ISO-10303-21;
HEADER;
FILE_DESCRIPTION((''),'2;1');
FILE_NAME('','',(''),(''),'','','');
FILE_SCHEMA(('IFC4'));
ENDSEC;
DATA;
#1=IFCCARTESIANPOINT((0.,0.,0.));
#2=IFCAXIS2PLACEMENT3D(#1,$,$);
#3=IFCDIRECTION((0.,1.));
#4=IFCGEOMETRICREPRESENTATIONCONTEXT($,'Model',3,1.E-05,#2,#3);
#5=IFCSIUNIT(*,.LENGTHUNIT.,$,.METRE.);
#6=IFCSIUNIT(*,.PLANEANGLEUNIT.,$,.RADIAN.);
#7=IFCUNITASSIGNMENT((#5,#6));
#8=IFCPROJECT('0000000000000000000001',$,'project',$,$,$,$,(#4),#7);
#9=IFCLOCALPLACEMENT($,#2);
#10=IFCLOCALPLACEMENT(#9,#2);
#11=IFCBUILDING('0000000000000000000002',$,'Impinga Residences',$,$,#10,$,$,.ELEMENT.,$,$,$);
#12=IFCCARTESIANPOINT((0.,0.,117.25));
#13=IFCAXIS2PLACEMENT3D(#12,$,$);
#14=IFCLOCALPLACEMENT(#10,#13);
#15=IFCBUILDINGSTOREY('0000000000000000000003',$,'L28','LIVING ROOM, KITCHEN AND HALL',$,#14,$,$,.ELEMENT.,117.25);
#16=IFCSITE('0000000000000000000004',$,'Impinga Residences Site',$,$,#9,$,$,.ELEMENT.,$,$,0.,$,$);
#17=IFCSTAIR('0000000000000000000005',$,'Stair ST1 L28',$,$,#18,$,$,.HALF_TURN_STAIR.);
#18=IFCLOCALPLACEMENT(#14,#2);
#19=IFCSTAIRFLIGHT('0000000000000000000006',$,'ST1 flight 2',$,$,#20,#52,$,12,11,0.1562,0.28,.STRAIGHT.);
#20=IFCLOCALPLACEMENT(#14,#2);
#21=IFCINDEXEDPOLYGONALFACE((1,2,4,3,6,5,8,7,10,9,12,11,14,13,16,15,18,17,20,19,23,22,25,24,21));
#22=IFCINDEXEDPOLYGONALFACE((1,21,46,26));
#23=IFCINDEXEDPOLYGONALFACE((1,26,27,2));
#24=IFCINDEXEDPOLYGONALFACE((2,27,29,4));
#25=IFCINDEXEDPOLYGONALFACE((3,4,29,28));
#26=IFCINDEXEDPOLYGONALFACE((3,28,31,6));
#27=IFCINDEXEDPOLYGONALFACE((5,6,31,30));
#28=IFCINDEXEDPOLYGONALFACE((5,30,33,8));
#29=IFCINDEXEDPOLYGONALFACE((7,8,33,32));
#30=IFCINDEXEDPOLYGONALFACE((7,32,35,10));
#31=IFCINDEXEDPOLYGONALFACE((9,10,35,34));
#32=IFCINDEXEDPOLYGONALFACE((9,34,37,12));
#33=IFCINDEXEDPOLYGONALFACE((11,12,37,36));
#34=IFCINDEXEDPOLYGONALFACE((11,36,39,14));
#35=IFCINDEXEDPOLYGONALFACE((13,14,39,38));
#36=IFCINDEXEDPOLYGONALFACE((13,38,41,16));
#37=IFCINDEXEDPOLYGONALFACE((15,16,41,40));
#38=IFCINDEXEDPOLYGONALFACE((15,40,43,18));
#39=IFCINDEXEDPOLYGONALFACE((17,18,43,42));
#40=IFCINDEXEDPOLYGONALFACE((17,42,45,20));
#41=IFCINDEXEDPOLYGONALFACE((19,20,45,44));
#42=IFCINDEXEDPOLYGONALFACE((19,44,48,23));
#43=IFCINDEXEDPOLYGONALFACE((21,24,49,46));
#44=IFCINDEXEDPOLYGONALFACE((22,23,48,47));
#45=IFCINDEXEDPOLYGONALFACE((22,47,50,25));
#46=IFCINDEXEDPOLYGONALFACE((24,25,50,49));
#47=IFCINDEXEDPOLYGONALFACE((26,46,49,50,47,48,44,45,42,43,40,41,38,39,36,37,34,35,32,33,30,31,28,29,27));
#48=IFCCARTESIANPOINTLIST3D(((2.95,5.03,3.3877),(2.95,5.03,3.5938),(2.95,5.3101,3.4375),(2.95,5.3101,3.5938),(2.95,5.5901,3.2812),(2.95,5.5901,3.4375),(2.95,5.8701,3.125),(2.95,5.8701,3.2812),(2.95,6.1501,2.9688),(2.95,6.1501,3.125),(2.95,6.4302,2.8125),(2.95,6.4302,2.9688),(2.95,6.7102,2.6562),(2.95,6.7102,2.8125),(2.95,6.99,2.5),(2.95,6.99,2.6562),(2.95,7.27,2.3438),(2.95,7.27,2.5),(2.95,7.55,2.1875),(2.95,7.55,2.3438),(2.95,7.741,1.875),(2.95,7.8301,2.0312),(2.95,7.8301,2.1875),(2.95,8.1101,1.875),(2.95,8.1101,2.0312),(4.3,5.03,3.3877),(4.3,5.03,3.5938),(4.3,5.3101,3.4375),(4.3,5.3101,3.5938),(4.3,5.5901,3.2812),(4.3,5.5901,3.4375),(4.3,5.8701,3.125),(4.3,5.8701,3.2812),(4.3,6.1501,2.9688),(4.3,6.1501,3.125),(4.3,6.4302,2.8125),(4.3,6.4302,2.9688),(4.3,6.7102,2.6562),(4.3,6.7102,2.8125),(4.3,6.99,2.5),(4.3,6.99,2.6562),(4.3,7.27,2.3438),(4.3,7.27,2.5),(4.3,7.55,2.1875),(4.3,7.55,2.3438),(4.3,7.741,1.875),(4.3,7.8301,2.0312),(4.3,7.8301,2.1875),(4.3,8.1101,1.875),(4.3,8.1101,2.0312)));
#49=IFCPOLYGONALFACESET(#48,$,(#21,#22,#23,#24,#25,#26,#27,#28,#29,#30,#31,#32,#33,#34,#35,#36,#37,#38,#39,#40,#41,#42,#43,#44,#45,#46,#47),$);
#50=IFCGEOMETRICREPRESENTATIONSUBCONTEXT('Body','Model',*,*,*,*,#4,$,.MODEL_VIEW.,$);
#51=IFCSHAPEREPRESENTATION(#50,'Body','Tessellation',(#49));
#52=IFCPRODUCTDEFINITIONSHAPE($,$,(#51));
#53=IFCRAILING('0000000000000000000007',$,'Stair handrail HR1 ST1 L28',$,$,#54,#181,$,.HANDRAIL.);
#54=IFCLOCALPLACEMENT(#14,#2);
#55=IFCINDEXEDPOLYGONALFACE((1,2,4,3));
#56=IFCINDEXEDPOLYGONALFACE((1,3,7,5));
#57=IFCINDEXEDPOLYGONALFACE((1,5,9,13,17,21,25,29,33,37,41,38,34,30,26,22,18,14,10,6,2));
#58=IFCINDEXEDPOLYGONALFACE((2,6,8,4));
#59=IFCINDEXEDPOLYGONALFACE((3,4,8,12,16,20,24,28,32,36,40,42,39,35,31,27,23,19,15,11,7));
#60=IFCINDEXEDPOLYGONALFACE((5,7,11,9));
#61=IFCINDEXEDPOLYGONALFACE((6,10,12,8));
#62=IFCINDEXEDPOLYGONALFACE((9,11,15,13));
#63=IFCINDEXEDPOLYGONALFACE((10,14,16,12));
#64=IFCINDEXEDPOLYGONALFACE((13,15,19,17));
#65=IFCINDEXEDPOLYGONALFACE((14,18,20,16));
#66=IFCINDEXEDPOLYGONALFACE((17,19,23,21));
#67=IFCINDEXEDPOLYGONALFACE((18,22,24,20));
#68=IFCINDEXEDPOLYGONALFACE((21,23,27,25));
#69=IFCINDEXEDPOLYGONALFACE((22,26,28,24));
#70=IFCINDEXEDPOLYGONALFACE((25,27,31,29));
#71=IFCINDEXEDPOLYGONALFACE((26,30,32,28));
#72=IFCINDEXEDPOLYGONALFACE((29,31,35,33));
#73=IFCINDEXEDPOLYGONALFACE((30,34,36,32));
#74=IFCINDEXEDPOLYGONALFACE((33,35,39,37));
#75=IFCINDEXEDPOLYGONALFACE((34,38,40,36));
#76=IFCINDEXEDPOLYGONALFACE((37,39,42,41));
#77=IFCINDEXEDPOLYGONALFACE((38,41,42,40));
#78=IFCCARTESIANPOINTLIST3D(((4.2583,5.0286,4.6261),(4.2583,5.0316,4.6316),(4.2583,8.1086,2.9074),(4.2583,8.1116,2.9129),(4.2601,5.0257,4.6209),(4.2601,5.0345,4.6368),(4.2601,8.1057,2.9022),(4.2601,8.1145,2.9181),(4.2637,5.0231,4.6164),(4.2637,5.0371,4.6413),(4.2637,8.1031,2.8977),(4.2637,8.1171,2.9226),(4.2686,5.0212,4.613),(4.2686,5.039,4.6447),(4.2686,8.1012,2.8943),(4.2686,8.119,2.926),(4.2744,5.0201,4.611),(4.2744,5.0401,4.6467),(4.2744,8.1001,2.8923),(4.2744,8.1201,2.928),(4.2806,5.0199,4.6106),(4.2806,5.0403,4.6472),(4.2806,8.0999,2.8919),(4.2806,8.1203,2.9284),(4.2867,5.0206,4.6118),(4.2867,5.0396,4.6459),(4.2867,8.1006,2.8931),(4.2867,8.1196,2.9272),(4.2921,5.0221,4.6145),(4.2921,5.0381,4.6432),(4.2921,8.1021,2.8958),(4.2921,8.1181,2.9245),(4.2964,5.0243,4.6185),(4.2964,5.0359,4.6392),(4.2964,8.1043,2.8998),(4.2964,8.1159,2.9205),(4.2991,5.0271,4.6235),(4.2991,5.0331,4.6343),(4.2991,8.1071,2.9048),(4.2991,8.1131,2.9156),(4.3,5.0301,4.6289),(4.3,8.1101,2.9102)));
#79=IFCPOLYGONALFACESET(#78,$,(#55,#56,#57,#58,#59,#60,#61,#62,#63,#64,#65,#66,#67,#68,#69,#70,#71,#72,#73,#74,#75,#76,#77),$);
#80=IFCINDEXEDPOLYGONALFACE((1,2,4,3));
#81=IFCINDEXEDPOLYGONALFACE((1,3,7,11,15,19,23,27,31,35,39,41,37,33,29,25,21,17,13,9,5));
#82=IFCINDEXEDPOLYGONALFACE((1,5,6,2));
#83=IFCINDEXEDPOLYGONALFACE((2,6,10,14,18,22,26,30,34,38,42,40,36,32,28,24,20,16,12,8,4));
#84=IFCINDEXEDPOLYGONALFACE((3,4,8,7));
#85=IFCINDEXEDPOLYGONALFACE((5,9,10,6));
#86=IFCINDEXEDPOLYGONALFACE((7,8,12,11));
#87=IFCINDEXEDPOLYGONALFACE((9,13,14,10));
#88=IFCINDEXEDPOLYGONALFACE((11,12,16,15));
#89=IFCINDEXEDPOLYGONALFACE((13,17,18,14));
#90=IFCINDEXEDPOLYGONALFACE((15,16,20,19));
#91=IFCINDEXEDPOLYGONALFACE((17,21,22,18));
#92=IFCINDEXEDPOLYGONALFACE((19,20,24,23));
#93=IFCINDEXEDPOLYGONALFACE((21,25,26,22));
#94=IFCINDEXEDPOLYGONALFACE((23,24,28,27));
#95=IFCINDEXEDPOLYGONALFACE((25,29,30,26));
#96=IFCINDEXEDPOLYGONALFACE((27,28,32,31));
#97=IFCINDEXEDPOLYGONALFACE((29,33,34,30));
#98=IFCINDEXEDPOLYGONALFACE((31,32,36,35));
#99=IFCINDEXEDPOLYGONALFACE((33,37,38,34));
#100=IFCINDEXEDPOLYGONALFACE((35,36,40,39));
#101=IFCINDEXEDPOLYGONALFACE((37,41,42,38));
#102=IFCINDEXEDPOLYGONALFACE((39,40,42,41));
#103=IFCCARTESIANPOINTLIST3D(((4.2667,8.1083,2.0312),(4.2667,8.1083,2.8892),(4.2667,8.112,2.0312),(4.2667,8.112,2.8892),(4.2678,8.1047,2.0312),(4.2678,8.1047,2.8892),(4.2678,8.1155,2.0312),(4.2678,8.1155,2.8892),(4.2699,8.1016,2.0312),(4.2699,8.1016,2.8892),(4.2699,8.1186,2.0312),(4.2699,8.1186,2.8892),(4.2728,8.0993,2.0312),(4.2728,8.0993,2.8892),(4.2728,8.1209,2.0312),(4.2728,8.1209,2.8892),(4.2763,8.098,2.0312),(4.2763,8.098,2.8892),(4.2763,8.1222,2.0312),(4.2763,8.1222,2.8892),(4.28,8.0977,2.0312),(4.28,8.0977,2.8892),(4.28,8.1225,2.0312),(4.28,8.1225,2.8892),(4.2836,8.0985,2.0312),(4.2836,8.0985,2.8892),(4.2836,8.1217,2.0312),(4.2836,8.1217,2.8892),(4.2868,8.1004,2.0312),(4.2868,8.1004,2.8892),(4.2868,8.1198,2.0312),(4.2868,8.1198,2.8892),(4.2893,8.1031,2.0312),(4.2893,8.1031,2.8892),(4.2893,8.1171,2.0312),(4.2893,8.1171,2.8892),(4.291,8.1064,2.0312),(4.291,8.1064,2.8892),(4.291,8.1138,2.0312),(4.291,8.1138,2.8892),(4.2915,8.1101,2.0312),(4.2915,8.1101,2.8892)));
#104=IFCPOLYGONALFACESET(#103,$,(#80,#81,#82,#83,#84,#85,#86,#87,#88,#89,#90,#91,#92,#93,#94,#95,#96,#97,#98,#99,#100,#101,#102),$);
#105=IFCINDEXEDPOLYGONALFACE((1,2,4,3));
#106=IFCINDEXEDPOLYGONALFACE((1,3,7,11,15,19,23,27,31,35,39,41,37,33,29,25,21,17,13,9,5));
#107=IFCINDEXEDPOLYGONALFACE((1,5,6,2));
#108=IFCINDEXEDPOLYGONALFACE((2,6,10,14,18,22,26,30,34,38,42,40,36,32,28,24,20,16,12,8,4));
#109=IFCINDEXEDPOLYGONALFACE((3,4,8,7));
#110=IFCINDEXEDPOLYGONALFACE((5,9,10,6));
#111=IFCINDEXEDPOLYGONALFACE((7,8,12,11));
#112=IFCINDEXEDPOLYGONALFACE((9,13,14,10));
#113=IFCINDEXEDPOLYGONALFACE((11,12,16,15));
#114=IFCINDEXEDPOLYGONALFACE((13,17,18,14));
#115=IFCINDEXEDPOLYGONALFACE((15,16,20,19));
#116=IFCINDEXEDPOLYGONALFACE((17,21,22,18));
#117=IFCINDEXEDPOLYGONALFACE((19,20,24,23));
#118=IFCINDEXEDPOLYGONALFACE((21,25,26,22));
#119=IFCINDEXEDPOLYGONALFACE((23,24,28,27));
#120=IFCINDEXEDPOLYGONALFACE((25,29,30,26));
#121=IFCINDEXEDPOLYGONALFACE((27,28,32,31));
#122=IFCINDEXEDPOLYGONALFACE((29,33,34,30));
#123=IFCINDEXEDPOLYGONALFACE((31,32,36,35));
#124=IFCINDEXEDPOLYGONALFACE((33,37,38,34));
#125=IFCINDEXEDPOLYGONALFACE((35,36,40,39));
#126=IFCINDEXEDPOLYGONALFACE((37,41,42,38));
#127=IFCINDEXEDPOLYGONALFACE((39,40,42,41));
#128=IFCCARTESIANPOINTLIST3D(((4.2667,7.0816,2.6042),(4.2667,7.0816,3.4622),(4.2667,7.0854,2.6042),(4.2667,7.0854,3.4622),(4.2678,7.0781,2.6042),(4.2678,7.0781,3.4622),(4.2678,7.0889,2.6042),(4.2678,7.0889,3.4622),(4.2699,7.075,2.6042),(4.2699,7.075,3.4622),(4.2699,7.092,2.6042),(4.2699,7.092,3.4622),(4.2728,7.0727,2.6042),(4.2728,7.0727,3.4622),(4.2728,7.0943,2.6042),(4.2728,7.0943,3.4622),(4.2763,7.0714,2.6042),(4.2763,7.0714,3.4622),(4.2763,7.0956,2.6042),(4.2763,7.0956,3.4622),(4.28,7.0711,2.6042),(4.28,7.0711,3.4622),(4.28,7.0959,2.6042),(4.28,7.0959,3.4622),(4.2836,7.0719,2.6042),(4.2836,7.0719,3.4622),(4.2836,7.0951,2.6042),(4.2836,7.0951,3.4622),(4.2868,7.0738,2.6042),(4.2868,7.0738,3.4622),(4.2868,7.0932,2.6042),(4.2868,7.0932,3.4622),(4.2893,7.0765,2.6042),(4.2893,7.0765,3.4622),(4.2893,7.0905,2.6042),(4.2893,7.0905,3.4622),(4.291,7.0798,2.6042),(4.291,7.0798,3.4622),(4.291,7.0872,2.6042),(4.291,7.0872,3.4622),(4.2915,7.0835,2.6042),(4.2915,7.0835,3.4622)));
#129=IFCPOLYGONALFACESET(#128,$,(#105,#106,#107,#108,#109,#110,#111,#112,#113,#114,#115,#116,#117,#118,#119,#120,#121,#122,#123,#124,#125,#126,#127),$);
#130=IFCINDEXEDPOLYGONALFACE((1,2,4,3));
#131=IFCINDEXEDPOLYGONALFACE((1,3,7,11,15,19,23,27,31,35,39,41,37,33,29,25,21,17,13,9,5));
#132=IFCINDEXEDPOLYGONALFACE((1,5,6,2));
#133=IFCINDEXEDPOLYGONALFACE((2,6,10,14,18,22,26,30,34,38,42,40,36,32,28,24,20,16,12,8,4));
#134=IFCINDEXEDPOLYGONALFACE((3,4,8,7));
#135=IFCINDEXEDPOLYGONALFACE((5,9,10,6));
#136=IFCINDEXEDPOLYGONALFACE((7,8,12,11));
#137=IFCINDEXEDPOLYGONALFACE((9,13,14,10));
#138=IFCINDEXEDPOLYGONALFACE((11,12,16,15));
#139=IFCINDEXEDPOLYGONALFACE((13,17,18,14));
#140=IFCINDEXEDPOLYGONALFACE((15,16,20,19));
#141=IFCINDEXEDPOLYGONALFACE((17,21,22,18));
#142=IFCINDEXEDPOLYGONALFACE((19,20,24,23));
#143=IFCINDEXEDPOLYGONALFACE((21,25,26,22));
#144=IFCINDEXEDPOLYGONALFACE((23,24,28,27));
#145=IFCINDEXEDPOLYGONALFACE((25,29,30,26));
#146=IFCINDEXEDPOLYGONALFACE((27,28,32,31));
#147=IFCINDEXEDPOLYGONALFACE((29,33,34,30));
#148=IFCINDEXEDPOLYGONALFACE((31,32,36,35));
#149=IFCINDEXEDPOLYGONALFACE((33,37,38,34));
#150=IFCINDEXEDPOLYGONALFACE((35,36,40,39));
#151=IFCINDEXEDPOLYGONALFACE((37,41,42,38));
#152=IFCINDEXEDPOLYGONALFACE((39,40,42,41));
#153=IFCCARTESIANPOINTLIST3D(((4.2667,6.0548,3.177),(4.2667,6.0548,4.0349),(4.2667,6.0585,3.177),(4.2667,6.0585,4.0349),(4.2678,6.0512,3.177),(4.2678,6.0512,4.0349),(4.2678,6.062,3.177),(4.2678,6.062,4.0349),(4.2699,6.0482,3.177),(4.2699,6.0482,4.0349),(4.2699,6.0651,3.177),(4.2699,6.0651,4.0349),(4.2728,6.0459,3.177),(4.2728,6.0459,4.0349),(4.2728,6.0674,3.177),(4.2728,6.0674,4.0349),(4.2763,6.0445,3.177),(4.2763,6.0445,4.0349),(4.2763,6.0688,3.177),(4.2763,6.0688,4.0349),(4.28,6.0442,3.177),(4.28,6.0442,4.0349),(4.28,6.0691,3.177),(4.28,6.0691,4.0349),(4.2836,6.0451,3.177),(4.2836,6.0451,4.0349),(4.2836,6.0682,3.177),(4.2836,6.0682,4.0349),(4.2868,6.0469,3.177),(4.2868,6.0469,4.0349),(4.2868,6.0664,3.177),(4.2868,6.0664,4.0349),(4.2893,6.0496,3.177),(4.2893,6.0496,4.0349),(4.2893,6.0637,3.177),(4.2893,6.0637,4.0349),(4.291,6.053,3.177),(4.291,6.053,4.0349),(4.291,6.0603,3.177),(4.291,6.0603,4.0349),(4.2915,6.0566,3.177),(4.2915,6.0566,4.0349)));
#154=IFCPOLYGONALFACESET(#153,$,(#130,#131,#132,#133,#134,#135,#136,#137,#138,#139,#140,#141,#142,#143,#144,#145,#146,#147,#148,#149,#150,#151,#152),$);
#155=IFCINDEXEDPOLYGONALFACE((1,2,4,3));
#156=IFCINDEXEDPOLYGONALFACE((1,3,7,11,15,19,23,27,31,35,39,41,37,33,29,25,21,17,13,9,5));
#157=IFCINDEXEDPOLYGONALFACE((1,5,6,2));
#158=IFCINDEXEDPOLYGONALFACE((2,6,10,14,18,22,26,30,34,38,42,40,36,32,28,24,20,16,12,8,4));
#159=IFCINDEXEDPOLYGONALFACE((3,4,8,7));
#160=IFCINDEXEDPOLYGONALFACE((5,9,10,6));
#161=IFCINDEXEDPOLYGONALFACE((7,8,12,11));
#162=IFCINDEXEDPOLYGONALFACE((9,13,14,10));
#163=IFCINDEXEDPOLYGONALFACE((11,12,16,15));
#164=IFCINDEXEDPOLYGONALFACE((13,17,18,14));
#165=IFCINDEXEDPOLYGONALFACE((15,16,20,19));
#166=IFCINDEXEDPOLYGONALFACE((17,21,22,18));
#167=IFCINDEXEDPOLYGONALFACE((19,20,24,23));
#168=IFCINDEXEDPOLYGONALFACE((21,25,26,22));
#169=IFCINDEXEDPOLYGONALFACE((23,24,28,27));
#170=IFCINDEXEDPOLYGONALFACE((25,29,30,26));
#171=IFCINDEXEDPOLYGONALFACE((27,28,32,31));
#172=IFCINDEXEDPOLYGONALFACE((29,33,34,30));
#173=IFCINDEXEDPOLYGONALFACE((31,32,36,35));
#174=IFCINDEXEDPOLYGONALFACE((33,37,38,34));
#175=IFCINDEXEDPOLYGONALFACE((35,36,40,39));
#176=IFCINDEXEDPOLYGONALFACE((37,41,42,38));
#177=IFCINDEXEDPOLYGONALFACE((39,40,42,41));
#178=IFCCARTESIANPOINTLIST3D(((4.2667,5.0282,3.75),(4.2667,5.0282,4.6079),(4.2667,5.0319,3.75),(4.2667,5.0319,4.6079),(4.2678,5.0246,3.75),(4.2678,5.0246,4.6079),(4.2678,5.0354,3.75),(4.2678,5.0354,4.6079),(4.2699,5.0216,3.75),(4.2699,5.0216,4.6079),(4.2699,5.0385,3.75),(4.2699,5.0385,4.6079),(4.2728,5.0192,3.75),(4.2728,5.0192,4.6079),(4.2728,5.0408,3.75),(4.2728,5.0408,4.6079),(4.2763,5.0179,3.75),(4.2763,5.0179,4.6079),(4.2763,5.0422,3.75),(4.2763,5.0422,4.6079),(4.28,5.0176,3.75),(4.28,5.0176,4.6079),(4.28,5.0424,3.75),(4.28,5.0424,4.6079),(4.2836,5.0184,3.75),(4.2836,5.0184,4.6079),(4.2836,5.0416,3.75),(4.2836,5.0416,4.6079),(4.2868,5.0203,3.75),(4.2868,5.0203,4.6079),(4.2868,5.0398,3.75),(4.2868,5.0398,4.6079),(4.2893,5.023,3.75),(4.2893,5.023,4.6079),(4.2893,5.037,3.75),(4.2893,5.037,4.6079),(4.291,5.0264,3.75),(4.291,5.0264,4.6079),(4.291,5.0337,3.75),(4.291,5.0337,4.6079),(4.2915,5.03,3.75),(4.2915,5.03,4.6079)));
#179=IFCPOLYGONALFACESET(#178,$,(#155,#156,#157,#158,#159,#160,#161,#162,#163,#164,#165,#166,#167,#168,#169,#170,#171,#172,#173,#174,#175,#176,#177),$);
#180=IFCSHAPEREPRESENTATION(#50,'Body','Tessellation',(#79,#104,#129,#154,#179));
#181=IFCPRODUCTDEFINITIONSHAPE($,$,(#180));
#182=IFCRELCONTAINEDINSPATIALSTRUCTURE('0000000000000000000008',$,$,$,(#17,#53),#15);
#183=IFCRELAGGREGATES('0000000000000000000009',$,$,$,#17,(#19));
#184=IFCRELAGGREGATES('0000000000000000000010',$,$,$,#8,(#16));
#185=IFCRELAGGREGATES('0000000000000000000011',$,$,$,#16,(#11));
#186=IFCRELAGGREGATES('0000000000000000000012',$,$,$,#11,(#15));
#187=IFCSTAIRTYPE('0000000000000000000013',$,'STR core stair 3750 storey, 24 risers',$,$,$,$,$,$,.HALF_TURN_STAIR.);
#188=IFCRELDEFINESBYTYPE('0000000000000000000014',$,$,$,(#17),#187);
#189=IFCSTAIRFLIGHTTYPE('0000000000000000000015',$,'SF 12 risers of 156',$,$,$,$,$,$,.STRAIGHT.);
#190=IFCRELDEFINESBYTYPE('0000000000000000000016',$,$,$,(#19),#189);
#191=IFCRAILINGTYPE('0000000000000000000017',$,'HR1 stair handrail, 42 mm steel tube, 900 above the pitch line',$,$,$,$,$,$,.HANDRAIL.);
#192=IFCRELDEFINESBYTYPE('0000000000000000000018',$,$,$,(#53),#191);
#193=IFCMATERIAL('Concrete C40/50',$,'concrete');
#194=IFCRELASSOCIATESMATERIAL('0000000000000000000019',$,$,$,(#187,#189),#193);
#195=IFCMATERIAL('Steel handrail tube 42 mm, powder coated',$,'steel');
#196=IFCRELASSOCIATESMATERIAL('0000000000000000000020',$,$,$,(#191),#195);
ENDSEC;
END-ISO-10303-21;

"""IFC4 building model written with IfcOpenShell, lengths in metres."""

from ifc_helpers import new_model, si_unit, direction, frame, origin, origin_2d, place, context, subcontext, project, spatial, polyline, circle, outline, extrude, material, type_object, element, aggregate, save


model = new_model("IFC4")

# Units and contexts
model_context = context("Model", 3, precision=1e-05, world=origin(), true_north=direction((0.0, 1.0)))
body_context = subcontext(model_context, "Body", "Model", "MODEL_VIEW")
ifc_project = project(units=[si_unit("LENGTHUNIT", "METRE"), si_unit("PLANEANGLEUNIT", "RADIAN")], contexts=[model_context])

# Site, building, storey
site_placement = place(None, origin())
site = spatial("IfcSite", under=ifc_project, at=site_placement, Name="Impinga Residences Site", CompositionType="ELEMENT", RefElevation=0.0)
building_placement = place(site_placement, origin())
building = spatial("IfcBuilding", under=site, at=building_placement, Name="Impinga Residences", CompositionType="ELEMENT")
storey_placement = place(building_placement, frame((0.0, 0.0, 117.25)))
storey = spatial("IfcBuildingStorey", under=building, at=storey_placement, Name="L28", Description="LIVING ROOM, KITCHEN AND HALL", CompositionType="ELEMENT", Elevation=117.25)

# Stair, stair flight
ifc_material_1 = material(Name="Concrete C40/50", Category="concrete")
stair_type = type_object("IfcStairType", Name="STR core stair 3750 storey, 24 risers", PredefinedType="HALF_TURN_STAIR", material=ifc_material_1)
stair_placement = place(storey_placement, origin())
stair = element("IfcStair", 1, at=stair_placement, inside=storey, type_object=stair_type, Name="Stair ST1 L28", PredefinedType="HALF_TURN_STAIR")
stair_flight_type = type_object("IfcStairFlightType", Name="SF 12 risers of 156", PredefinedType="STRAIGHT", material=ifc_material_1)
stair_flight_placement = place(storey_placement, frame((3.625, 8.1101, 1.875), z_axis=(0.0, 0.0, 1.0), x_axis=(0.0, -1.0, 0.0)))
stair_flight = element("IfcStairFlight", 2, at=stair_flight_placement, type_object=stair_flight_type, Name="ST1 flight 2", NumberOfRisers=12, NumberOfTreads=11, PredefinedType="STRAIGHT", RiserHeight=0.1562, TreadLength=0.28, context=body_context, shape_type="SweptSolid", body=[
    extrude(outline(polyline([(0.0, 0.0), (0.0, 0.1562), (0.28, 0.1562), (0.28, 0.3125), (0.5601, 0.3125), (0.5601, 0.4688), (0.8401, 0.4688), (0.8401, 0.625), (1.1201, 0.625), (1.1201, 0.7812), (1.3999, 0.7812), (1.3999, 0.9375), (1.6799, 0.9375), (1.6799, 1.0938), (1.96, 1.0938), (1.96, 1.25), (2.24, 1.25), (2.24, 1.4062), (2.52, 1.4062), (2.52, 1.5625), (2.8, 1.5625), (2.8, 1.7188), (3.0801, 1.7188), (3.0801, 1.875), (3.0801, 1.5127), (0.3691, 0.0), (0.0, 0.0)])), frame((0.0, 0.675, 0.0), z_axis=(0.0, -1.0, 0.0), x_axis=(1.0, 0.0, 0.0)), (0.0, 0.0, 1.0), 1.3501),
])
aggregate(stair, [stair_flight])

# Railing
ifc_material_2 = material(Name="Steel handrail tube 42 mm, powder coated", Category="steel")
railing_type = type_object("IfcRailingType", Name="HR1 stair handrail, 42 mm steel tube, 900 above the pitch line", PredefinedType="HANDRAIL", material=ifc_material_2)
railing_placement = place(storey_placement, frame((4.2791, 8.1101, 2.0312)))
element("IfcRailing", 3, at=railing_placement, inside=storey, type_object=railing_type, Name="Stair handrail HR1 ST1 L28", PredefinedType="HANDRAIL", context=body_context, shape_type="SweptSolid", body=[
    extrude(circle(Radius=0.021, at=origin_2d()), frame((0.0, 0.0, 0.8789), z_axis=(0.0, -0.873242, 0.487288), x_axis=(1.0, 0.0, 0.0)), (0.0, 0.0, 1.0), 3.5271),
    extrude(circle(Radius=0.0125, at=origin_2d()), origin(), (0.0, 0.0, 1.0), 0.8579),
    extrude(circle(Radius=0.0125, at=origin_2d()), frame((0.0, -1.0266, 0.573)), (0.0, 0.0, 1.0), 0.8579),
    extrude(circle(Radius=0.0125, at=origin_2d()), frame((0.0, -2.0535, 1.1458)), (0.0, 0.0, 1.0), 0.8579),
    extrude(circle(Radius=0.0125, at=origin_2d()), frame((0.0, -3.0801, 1.7188)), (0.0, 0.0, 1.0), 0.8579),
])

save(model, "model.ifc")
